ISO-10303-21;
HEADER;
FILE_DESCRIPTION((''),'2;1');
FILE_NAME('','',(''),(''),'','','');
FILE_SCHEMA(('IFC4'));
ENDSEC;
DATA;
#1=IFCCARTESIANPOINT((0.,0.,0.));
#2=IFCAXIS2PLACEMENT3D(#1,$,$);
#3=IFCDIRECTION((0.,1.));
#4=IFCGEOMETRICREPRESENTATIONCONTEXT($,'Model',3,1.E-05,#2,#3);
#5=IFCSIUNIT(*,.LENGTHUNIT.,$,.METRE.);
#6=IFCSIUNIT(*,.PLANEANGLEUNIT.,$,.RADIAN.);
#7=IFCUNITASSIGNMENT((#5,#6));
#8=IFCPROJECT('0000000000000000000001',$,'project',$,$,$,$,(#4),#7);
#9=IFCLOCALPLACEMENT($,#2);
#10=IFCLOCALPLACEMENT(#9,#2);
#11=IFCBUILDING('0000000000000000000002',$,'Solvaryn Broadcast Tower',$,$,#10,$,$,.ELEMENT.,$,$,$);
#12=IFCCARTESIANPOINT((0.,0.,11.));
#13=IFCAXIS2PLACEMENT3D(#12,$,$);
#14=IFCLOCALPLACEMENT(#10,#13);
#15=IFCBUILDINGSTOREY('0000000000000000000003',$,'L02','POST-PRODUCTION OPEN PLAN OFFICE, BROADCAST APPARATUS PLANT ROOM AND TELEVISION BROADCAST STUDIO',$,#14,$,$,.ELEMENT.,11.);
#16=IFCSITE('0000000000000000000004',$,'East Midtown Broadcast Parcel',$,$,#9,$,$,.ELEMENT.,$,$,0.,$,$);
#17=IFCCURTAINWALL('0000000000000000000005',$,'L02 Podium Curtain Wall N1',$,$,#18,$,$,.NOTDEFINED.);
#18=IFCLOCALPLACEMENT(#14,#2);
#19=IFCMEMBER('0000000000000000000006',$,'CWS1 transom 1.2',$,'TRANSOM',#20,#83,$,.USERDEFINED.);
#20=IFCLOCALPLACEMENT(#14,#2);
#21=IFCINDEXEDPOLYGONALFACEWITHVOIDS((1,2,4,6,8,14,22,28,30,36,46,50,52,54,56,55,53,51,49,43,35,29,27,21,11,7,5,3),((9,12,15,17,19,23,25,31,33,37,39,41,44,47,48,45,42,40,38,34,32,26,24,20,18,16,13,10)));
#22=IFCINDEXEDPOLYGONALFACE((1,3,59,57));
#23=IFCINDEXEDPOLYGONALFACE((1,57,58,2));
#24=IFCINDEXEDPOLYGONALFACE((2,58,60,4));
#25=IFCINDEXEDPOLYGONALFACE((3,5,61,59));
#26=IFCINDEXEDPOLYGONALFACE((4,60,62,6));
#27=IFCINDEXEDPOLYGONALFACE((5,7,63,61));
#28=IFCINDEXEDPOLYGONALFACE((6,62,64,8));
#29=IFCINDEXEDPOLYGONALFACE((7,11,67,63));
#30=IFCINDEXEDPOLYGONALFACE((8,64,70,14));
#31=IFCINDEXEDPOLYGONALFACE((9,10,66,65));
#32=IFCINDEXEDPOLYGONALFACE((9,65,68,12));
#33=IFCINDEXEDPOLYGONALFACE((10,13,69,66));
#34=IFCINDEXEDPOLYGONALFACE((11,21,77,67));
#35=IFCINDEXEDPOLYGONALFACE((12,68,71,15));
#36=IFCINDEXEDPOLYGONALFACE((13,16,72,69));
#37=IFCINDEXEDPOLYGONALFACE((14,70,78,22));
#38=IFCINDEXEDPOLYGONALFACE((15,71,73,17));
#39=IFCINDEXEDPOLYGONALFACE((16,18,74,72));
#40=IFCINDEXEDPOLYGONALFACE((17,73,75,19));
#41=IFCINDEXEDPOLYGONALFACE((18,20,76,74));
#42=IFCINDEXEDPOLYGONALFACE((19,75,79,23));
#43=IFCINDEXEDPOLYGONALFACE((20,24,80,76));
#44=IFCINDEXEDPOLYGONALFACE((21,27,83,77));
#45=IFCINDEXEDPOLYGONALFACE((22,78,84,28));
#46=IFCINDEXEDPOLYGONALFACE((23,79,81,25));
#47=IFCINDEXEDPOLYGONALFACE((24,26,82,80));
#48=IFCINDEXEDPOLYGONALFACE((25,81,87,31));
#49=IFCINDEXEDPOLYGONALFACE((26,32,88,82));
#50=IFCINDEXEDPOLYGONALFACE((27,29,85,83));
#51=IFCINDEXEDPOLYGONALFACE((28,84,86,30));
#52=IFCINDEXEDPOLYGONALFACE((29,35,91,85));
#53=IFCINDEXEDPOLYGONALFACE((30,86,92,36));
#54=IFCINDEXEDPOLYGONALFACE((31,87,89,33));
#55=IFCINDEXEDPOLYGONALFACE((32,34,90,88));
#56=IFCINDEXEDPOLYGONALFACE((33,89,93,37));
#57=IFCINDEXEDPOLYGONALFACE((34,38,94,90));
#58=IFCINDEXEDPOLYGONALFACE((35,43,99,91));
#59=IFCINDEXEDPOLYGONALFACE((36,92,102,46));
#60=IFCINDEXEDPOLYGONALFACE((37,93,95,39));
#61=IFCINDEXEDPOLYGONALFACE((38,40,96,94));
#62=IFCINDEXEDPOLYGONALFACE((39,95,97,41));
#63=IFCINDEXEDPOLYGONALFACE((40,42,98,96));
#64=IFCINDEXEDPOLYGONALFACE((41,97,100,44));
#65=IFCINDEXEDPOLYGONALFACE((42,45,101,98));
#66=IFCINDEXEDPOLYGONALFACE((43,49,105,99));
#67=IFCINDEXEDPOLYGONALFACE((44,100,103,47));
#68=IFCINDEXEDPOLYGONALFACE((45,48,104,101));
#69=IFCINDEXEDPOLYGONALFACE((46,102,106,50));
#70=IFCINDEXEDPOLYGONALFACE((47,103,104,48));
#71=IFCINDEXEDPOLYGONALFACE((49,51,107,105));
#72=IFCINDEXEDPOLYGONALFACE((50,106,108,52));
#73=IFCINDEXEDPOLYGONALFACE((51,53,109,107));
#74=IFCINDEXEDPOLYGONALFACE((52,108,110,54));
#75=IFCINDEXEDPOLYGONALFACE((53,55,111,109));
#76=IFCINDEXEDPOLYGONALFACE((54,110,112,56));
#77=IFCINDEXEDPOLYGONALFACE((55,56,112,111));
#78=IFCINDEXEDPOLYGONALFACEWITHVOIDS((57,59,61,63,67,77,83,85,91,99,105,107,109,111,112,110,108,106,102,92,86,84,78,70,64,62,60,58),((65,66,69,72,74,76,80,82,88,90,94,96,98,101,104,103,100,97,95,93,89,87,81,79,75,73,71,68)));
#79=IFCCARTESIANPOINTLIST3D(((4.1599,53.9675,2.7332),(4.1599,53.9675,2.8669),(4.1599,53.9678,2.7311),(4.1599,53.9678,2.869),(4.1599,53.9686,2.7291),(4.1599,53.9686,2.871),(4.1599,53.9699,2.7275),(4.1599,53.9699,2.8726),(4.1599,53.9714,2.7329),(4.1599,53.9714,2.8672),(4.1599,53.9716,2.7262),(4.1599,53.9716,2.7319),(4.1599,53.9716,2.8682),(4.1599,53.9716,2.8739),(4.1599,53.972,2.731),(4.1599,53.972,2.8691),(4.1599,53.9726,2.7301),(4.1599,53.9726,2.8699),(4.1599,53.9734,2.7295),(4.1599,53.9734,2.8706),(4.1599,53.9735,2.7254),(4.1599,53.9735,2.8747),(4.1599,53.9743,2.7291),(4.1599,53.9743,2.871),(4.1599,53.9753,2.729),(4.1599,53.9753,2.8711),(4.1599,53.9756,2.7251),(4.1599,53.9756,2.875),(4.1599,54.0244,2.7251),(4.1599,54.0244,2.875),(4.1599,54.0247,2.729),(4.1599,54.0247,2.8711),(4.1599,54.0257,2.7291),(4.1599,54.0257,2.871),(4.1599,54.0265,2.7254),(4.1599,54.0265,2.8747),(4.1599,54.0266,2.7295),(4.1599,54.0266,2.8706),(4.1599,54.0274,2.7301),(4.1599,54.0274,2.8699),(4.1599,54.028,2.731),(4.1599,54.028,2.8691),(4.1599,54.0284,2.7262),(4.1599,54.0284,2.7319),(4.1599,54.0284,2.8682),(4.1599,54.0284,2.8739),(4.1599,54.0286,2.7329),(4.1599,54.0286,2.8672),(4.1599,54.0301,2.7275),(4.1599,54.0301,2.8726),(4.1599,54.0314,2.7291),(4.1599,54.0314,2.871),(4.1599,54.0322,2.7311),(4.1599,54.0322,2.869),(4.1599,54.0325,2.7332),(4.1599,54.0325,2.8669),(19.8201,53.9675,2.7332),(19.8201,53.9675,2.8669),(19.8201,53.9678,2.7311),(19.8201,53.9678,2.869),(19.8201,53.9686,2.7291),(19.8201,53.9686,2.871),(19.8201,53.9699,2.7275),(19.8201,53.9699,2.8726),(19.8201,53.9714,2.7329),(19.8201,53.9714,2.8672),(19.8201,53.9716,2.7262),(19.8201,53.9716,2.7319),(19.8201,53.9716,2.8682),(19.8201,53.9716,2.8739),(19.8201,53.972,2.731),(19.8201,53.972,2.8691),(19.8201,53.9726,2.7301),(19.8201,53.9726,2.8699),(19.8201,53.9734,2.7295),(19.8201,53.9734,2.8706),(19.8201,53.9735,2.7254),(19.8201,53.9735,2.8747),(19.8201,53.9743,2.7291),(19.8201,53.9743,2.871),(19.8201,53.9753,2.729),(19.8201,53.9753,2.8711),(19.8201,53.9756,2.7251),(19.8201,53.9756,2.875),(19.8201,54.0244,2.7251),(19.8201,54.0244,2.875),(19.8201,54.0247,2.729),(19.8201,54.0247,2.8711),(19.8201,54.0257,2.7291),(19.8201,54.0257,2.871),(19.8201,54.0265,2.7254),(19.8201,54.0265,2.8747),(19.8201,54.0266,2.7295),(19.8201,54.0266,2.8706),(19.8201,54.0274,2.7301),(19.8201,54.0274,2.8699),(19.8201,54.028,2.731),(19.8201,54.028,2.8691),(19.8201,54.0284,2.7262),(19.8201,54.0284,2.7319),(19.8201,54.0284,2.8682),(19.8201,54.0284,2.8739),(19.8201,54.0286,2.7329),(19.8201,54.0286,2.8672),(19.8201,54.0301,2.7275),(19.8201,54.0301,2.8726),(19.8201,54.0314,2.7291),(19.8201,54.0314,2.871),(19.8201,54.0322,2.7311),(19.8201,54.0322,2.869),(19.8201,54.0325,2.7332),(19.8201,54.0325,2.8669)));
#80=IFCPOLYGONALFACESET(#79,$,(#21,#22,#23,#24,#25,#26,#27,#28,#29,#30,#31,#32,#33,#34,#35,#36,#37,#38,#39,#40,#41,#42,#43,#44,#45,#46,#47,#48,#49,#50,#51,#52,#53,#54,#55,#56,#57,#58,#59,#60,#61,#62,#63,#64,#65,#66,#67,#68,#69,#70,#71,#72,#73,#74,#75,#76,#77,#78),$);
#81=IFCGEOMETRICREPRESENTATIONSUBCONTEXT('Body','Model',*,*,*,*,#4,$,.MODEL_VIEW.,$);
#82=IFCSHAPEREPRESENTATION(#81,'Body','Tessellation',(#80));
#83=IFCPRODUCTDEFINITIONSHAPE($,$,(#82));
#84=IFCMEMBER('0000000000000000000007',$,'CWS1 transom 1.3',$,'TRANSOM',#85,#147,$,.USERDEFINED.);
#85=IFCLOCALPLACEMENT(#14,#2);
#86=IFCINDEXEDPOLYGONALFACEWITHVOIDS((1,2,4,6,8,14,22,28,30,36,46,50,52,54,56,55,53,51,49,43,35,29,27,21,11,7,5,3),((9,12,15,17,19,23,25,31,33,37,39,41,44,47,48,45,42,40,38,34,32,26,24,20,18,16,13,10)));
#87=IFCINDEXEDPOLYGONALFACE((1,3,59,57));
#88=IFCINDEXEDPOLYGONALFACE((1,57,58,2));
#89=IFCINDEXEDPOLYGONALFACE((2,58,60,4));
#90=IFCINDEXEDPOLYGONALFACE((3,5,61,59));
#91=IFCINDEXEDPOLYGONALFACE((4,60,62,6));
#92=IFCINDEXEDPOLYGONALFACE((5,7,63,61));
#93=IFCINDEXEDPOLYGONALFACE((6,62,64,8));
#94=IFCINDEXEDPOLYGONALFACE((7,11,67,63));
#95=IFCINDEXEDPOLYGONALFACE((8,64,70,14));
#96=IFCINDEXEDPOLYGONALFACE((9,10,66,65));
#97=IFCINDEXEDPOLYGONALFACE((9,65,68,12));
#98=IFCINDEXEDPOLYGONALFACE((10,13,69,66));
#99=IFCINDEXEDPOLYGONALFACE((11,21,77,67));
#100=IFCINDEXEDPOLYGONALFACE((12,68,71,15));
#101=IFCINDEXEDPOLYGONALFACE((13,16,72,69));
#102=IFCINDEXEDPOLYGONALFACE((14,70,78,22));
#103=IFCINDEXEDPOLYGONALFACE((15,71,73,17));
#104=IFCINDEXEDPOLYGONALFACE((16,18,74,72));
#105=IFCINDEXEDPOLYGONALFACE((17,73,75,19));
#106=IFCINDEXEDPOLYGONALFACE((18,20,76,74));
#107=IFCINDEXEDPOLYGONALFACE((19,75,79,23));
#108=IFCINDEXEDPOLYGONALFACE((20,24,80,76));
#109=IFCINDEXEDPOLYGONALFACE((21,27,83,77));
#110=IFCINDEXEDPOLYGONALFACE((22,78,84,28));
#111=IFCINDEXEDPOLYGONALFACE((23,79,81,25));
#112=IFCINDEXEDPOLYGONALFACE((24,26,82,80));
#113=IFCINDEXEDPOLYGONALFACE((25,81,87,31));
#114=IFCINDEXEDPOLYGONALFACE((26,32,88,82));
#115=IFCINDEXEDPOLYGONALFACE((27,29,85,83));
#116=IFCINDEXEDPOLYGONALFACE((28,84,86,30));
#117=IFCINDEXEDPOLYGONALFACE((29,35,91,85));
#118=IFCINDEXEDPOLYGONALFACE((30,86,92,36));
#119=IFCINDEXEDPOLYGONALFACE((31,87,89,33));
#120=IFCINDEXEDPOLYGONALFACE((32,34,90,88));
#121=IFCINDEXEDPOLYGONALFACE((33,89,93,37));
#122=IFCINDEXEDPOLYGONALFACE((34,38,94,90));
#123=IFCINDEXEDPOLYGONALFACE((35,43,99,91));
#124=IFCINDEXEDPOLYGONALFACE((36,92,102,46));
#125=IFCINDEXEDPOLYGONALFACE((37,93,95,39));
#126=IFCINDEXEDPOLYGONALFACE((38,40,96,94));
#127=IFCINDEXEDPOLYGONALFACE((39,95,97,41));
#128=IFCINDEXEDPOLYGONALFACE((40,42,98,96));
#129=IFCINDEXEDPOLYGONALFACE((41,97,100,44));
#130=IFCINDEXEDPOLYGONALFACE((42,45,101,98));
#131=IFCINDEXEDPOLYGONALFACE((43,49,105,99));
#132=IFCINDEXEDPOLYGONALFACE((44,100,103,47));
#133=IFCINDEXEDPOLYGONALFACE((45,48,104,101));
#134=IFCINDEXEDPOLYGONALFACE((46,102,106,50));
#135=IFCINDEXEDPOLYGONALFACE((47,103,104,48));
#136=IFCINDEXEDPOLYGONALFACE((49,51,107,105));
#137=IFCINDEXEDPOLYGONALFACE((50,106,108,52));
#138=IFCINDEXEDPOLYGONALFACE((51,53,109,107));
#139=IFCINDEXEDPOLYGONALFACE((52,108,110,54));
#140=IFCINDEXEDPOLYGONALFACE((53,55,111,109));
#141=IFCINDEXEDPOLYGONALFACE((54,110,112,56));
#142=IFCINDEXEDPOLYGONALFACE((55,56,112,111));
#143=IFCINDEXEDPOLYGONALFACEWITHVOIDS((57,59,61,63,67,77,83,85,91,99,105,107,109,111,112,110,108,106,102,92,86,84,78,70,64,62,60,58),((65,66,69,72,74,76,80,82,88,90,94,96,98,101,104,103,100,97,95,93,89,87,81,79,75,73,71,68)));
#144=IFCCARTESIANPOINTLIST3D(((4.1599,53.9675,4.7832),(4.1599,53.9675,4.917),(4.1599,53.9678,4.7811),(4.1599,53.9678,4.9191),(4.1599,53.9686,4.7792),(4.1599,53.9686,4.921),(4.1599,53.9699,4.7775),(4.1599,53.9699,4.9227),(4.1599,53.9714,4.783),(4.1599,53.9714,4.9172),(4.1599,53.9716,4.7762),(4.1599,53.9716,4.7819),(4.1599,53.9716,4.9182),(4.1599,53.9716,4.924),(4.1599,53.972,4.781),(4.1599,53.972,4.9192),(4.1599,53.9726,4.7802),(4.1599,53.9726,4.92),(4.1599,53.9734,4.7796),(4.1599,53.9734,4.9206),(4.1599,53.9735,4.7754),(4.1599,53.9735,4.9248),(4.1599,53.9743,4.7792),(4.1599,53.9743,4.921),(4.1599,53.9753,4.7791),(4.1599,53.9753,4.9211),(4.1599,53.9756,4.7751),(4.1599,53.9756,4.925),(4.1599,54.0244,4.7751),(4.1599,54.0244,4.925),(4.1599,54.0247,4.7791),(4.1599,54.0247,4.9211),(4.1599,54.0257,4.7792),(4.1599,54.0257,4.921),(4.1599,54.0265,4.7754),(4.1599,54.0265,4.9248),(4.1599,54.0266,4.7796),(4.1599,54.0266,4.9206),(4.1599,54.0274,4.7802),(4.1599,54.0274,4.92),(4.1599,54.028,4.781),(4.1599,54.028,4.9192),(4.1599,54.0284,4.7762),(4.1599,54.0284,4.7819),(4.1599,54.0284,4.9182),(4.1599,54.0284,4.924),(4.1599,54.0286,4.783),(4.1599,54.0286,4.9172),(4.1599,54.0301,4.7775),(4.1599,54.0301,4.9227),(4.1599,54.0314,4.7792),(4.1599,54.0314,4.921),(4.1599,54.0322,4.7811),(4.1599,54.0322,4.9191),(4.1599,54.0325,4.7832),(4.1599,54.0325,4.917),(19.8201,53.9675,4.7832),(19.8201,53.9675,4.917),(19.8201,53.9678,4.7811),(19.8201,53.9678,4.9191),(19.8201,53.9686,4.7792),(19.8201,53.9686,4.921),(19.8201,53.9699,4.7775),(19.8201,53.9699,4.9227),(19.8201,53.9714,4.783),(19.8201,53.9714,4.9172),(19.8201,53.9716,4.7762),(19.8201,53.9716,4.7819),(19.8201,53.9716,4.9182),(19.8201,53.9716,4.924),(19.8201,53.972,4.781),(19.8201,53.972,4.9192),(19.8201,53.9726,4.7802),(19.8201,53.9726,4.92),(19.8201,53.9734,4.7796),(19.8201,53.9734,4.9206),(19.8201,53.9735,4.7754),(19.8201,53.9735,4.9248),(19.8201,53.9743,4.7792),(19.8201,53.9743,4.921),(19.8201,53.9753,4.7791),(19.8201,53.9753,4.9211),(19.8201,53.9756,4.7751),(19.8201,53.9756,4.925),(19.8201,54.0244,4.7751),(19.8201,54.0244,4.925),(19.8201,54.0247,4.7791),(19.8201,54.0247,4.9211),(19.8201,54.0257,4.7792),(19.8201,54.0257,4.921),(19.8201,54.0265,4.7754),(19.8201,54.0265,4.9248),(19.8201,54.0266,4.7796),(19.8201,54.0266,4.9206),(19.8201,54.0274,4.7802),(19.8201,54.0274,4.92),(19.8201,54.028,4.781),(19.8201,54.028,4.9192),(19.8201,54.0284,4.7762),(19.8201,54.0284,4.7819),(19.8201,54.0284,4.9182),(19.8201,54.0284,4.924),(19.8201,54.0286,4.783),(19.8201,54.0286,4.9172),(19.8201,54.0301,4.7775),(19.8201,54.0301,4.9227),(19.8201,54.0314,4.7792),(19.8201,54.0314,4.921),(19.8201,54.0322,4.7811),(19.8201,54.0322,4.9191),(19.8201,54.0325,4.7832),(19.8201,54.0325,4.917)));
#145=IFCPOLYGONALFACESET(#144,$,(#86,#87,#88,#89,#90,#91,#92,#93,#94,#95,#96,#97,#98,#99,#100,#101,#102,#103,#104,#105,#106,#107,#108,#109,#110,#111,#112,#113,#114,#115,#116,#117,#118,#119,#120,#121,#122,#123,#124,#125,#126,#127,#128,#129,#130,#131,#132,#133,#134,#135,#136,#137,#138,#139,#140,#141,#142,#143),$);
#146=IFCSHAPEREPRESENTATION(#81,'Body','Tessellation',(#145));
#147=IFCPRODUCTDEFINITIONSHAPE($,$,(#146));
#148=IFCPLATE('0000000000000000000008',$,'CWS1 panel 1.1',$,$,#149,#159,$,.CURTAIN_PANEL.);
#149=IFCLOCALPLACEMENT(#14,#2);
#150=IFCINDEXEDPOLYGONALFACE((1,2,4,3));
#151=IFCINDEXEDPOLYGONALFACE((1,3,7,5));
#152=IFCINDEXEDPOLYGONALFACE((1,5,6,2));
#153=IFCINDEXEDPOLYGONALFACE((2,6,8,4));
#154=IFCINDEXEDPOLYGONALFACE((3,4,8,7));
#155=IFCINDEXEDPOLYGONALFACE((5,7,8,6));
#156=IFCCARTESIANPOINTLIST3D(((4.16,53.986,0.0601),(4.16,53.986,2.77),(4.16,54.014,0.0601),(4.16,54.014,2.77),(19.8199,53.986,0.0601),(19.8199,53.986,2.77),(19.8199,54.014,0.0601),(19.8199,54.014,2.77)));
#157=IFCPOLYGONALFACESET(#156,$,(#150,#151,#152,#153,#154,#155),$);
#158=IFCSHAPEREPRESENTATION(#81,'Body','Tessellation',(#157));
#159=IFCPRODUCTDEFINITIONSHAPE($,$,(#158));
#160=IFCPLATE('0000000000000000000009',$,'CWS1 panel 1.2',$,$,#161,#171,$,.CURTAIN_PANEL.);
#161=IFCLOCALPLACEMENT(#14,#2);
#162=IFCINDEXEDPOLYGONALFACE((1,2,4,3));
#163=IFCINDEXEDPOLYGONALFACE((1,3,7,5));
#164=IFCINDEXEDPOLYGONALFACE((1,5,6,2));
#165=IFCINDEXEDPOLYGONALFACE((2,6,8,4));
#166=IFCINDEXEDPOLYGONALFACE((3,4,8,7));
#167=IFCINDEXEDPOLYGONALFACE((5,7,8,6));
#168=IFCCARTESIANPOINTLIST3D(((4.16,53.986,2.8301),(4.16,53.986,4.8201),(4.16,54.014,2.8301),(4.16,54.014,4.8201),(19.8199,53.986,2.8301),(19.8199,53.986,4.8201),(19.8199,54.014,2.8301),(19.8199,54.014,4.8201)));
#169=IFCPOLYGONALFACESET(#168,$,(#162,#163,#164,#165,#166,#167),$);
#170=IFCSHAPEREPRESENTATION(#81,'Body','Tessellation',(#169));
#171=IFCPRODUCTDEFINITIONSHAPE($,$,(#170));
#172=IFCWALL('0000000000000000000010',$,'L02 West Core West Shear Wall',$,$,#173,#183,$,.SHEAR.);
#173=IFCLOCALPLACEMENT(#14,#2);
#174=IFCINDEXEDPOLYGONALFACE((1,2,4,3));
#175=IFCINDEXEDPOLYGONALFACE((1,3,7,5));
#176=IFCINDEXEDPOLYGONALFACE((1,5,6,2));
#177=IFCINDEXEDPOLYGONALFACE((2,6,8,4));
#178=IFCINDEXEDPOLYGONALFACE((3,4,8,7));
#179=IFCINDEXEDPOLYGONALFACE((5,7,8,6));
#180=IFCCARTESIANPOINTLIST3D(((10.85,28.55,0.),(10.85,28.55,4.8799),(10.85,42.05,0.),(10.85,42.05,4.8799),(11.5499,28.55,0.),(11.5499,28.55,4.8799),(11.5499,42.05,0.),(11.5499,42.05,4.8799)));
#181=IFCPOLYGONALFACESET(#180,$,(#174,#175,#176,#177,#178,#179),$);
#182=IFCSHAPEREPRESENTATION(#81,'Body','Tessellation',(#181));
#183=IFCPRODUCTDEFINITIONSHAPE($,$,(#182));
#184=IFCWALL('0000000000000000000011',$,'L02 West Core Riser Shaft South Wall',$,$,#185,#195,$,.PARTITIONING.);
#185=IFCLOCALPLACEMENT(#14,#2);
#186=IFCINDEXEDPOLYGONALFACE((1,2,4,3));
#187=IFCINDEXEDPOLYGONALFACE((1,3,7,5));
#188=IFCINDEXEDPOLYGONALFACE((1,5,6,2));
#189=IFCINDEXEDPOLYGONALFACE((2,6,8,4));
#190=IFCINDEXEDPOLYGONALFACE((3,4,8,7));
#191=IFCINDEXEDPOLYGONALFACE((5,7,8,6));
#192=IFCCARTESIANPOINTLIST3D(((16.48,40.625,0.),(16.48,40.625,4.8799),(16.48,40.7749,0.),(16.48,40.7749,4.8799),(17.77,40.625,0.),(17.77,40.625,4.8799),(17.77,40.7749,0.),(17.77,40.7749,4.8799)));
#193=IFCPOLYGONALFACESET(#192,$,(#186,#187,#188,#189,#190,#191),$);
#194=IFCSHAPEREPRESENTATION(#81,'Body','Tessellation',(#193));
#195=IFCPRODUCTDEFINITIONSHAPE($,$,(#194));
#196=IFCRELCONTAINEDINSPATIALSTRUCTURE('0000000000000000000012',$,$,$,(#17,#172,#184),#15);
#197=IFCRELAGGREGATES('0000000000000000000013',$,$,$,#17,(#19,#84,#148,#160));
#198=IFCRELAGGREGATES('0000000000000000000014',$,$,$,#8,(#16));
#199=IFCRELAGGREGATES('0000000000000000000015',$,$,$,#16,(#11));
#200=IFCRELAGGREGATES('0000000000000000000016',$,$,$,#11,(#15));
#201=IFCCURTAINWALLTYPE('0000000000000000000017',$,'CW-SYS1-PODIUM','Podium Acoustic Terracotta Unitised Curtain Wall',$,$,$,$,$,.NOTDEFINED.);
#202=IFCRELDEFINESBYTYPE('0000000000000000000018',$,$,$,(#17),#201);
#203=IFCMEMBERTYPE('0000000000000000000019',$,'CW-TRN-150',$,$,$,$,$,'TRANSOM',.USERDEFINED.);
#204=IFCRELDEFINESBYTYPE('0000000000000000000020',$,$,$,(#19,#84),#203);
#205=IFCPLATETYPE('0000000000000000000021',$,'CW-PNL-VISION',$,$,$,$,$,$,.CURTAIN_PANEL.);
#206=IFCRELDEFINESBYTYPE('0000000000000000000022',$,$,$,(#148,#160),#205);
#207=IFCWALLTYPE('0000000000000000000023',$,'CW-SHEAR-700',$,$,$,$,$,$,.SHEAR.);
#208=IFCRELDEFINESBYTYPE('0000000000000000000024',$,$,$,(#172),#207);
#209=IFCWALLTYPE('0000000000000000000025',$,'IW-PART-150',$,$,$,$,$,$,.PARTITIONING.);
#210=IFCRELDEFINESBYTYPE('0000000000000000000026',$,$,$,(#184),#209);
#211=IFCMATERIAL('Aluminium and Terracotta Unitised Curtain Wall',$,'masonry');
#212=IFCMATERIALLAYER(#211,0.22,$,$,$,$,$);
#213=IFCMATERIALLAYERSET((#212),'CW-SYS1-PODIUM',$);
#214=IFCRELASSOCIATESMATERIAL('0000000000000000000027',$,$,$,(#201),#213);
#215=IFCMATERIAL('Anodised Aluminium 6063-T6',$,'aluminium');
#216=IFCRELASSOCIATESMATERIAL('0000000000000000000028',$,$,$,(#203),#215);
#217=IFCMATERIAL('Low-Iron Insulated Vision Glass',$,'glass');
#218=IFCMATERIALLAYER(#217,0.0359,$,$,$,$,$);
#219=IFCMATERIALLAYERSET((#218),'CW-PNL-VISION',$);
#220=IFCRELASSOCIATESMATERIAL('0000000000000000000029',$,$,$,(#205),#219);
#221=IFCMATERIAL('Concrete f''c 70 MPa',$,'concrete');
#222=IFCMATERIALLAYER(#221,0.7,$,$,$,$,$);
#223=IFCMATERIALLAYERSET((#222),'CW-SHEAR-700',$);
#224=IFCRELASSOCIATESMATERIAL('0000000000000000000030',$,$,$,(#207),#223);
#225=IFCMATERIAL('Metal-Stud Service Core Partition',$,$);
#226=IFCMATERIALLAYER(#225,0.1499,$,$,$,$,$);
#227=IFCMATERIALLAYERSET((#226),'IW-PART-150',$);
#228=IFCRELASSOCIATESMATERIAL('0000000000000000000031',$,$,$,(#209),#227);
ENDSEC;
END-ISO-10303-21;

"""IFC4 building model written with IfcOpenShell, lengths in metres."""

from ifc_helpers import new_model, si_unit, direction, frame, frame_2d, origin, origin_2d, place, context, subcontext, project, spatial, rectangle, hollow_rectangle, extrude, material, layer, layer_set, material_profile, profile_set, type_object, element, aggregate, save


model = new_model("IFC4")

# Units and contexts
model_context = context("Model", 3, precision=1e-05, world=origin(), true_north=direction((0.0, 1.0)))
body_context = subcontext(model_context, "Body", "Model", "MODEL_VIEW")
ifc_project = project(units=[si_unit("LENGTHUNIT", "METRE"), si_unit("PLANEANGLEUNIT", "RADIAN")], contexts=[model_context])

# Site, building, storey
site_placement = place(None, origin())
site = spatial("IfcSite", under=ifc_project, at=site_placement, Name="East Midtown Broadcast Parcel", CompositionType="ELEMENT", RefElevation=0.0)
building_placement = place(site_placement, origin())
building = spatial("IfcBuilding", under=site, at=building_placement, Name="Solvaryn Broadcast Tower", CompositionType="ELEMENT")
storey_placement = place(building_placement, frame((0.0, 0.0, 11.0)))
storey = spatial("IfcBuildingStorey", under=building, at=storey_placement, Name="L02", Description="POST-PRODUCTION OPEN PLAN OFFICE, BROADCAST APPARATUS PLANT ROOM AND TELEVISION BROADCAST STUDIO", CompositionType="ELEMENT", Elevation=11.0)

# Curtain wall, members, plates
ifc_material_1 = material(Name="Aluminium and Terracotta Unitised Curtain Wall", Category="masonry")
ifc_layer_1 = layer(ifc_material_1, 0.22)
ifc_layer_set_1 = layer_set([ifc_layer_1], Name="CW-SYS1-PODIUM")
curtain_wall_type = type_object("IfcCurtainWallType", Name="CW-SYS1-PODIUM", Description="Podium Acoustic Terracotta Unitised Curtain Wall", PredefinedType="NOTDEFINED", material=ifc_layer_set_1)
curtain_wall_placement = place(storey_placement, origin())
curtain_wall = element("IfcCurtainWall", 1, at=curtain_wall_placement, inside=storey, type_object=curtain_wall_type, Name="L02 Podium Curtain Wall N1", PredefinedType="NOTDEFINED")
ifc_material_2 = material(Name="Anodised Aluminium 6063-T6", Category="aluminium")
ifc_material_profile_1 = material_profile(ifc_material_2, hollow_rectangle(XDim=0.0649, YDim=0.1499, WallThickness=0.0039, InnerFilletRadius=0.0039, OuterFilletRadius=0.0081, at=origin_2d()))
ifc_profile_set_1 = profile_set([ifc_material_profile_1], Name="Anodised Aluminium 6063-T6")
member_type_1 = type_object("IfcMemberType", Name="CW-TRN-150", ElementType="TRANSOM", PredefinedType="USERDEFINED", material=ifc_profile_set_1)
member_1_placement = place(storey_placement, frame((4.1599, 54.0, 2.8), z_axis=(1.0, 0.0, 0.0), x_axis=(0.0, 1.0, 0.0)))
member_1 = element("IfcMember", 2, at=member_1_placement, type_object=member_type_1, Name="CWS1 transom 1.2", ObjectType="TRANSOM", PredefinedType="USERDEFINED", context=body_context, shape_type="SweptSolid", body=[
    extrude(hollow_rectangle(XDim=0.0649, YDim=0.1499, WallThickness=0.0039, InnerFilletRadius=0.0039, OuterFilletRadius=0.0081, at=origin_2d()), origin(), (0.0, 0.0, 1.0), 15.6602),
])
member_2_placement = place(storey_placement, frame((4.1599, 54.0, 4.8501), z_axis=(1.0, 0.0, 0.0), x_axis=(0.0, 1.0, 0.0)))
member_2 = element("IfcMember", 3, at=member_2_placement, type_object=member_type_1, Name="CWS1 transom 1.3", ObjectType="TRANSOM", PredefinedType="USERDEFINED", context=body_context, shape_type="SweptSolid", body=[
    extrude(hollow_rectangle(XDim=0.0649, YDim=0.1499, WallThickness=0.0039, InnerFilletRadius=0.0039, OuterFilletRadius=0.0081, at=origin_2d()), origin(), (0.0, 0.0, 1.0), 15.6602),
])
ifc_material_3 = material(Name="Low-Iron Insulated Vision Glass", Category="glass")
ifc_layer_2 = layer(ifc_material_3, 0.0359)
ifc_layer_set_2 = layer_set([ifc_layer_2], Name="CW-PNL-VISION")
plate_type = type_object("IfcPlateType", Name="CW-PNL-VISION", PredefinedType="CURTAIN_PANEL", material=ifc_layer_set_2)
plate_1_placement = place(storey_placement, frame((11.99, 54.0, 0.0601), z_axis=(0.0, 0.0, 1.0), x_axis=(1.0, 0.0, 0.0)))
plate_1 = element("IfcPlate", 4, at=plate_1_placement, type_object=plate_type, Name="CWS1 panel 1.1", PredefinedType="CURTAIN_PANEL", context=body_context, shape_type="SweptSolid", body=[
    extrude(rectangle(XDim=15.6599, YDim=0.0281, at=origin_2d()), origin(), (0.0, 0.0, 1.0), 2.71),
])
plate_2_placement = place(storey_placement, frame((11.99, 54.0, 2.8301), z_axis=(0.0, 0.0, 1.0), x_axis=(1.0, 0.0, 0.0)))
plate_2 = element("IfcPlate", 5, at=plate_2_placement, type_object=plate_type, Name="CWS1 panel 1.2", PredefinedType="CURTAIN_PANEL", context=body_context, shape_type="SweptSolid", body=[
    extrude(rectangle(XDim=15.6599, YDim=0.0281, at=origin_2d()), origin(), (0.0, 0.0, 1.0), 1.99),
])
aggregate(curtain_wall, [member_1, member_2, plate_1, plate_2])

# Walls
ifc_material_4 = material(Name="Concrete f'c 70 MPa", Category="concrete")
ifc_layer_3 = layer(ifc_material_4, 0.7)
ifc_layer_set_3 = layer_set([ifc_layer_3], Name="CW-SHEAR-700")
wall_type_1 = type_object("IfcWallType", Name="CW-SHEAR-700", PredefinedType="SHEAR", material=ifc_layer_set_3)
wall_1_placement = place(storey_placement, frame((11.2, 42.05, 0.0), z_axis=(0.0, 0.0, 1.0), x_axis=(0.0, -1.0, 0.0)))
element("IfcWall", 6, at=wall_1_placement, inside=storey, type_object=wall_type_1, Name="L02 West Core West Shear Wall", PredefinedType="SHEAR", context=body_context, shape_type="SweptSolid", body=[
    extrude(rectangle(XDim=13.5, YDim=0.7, at=frame_2d((6.75, 0.0))), origin(), (0.0, 0.0, 1.0), 4.8799),
])
ifc_material_5 = material(Name="Metal-Stud Service Core Partition")
ifc_layer_4 = layer(ifc_material_5, 0.1499)
ifc_layer_set_4 = layer_set([ifc_layer_4], Name="IW-PART-150")
wall_type_2 = type_object("IfcWallType", Name="IW-PART-150", PredefinedType="PARTITIONING", material=ifc_layer_set_4)
wall_2_placement = place(storey_placement, frame((16.48, 40.7, 0.0), z_axis=(0.0, 0.0, 1.0), x_axis=(1.0, 0.0, 0.0)))
element("IfcWall", 7, at=wall_2_placement, inside=storey, type_object=wall_type_2, Name="L02 West Core Riser Shaft South Wall", PredefinedType="PARTITIONING", context=body_context, shape_type="SweptSolid", body=[
    extrude(rectangle(XDim=1.29, YDim=0.1499, at=frame_2d((0.645, 0.0))), origin(), (0.0, 0.0, 1.0), 4.8799),
])

save(model, "model.ifc")
